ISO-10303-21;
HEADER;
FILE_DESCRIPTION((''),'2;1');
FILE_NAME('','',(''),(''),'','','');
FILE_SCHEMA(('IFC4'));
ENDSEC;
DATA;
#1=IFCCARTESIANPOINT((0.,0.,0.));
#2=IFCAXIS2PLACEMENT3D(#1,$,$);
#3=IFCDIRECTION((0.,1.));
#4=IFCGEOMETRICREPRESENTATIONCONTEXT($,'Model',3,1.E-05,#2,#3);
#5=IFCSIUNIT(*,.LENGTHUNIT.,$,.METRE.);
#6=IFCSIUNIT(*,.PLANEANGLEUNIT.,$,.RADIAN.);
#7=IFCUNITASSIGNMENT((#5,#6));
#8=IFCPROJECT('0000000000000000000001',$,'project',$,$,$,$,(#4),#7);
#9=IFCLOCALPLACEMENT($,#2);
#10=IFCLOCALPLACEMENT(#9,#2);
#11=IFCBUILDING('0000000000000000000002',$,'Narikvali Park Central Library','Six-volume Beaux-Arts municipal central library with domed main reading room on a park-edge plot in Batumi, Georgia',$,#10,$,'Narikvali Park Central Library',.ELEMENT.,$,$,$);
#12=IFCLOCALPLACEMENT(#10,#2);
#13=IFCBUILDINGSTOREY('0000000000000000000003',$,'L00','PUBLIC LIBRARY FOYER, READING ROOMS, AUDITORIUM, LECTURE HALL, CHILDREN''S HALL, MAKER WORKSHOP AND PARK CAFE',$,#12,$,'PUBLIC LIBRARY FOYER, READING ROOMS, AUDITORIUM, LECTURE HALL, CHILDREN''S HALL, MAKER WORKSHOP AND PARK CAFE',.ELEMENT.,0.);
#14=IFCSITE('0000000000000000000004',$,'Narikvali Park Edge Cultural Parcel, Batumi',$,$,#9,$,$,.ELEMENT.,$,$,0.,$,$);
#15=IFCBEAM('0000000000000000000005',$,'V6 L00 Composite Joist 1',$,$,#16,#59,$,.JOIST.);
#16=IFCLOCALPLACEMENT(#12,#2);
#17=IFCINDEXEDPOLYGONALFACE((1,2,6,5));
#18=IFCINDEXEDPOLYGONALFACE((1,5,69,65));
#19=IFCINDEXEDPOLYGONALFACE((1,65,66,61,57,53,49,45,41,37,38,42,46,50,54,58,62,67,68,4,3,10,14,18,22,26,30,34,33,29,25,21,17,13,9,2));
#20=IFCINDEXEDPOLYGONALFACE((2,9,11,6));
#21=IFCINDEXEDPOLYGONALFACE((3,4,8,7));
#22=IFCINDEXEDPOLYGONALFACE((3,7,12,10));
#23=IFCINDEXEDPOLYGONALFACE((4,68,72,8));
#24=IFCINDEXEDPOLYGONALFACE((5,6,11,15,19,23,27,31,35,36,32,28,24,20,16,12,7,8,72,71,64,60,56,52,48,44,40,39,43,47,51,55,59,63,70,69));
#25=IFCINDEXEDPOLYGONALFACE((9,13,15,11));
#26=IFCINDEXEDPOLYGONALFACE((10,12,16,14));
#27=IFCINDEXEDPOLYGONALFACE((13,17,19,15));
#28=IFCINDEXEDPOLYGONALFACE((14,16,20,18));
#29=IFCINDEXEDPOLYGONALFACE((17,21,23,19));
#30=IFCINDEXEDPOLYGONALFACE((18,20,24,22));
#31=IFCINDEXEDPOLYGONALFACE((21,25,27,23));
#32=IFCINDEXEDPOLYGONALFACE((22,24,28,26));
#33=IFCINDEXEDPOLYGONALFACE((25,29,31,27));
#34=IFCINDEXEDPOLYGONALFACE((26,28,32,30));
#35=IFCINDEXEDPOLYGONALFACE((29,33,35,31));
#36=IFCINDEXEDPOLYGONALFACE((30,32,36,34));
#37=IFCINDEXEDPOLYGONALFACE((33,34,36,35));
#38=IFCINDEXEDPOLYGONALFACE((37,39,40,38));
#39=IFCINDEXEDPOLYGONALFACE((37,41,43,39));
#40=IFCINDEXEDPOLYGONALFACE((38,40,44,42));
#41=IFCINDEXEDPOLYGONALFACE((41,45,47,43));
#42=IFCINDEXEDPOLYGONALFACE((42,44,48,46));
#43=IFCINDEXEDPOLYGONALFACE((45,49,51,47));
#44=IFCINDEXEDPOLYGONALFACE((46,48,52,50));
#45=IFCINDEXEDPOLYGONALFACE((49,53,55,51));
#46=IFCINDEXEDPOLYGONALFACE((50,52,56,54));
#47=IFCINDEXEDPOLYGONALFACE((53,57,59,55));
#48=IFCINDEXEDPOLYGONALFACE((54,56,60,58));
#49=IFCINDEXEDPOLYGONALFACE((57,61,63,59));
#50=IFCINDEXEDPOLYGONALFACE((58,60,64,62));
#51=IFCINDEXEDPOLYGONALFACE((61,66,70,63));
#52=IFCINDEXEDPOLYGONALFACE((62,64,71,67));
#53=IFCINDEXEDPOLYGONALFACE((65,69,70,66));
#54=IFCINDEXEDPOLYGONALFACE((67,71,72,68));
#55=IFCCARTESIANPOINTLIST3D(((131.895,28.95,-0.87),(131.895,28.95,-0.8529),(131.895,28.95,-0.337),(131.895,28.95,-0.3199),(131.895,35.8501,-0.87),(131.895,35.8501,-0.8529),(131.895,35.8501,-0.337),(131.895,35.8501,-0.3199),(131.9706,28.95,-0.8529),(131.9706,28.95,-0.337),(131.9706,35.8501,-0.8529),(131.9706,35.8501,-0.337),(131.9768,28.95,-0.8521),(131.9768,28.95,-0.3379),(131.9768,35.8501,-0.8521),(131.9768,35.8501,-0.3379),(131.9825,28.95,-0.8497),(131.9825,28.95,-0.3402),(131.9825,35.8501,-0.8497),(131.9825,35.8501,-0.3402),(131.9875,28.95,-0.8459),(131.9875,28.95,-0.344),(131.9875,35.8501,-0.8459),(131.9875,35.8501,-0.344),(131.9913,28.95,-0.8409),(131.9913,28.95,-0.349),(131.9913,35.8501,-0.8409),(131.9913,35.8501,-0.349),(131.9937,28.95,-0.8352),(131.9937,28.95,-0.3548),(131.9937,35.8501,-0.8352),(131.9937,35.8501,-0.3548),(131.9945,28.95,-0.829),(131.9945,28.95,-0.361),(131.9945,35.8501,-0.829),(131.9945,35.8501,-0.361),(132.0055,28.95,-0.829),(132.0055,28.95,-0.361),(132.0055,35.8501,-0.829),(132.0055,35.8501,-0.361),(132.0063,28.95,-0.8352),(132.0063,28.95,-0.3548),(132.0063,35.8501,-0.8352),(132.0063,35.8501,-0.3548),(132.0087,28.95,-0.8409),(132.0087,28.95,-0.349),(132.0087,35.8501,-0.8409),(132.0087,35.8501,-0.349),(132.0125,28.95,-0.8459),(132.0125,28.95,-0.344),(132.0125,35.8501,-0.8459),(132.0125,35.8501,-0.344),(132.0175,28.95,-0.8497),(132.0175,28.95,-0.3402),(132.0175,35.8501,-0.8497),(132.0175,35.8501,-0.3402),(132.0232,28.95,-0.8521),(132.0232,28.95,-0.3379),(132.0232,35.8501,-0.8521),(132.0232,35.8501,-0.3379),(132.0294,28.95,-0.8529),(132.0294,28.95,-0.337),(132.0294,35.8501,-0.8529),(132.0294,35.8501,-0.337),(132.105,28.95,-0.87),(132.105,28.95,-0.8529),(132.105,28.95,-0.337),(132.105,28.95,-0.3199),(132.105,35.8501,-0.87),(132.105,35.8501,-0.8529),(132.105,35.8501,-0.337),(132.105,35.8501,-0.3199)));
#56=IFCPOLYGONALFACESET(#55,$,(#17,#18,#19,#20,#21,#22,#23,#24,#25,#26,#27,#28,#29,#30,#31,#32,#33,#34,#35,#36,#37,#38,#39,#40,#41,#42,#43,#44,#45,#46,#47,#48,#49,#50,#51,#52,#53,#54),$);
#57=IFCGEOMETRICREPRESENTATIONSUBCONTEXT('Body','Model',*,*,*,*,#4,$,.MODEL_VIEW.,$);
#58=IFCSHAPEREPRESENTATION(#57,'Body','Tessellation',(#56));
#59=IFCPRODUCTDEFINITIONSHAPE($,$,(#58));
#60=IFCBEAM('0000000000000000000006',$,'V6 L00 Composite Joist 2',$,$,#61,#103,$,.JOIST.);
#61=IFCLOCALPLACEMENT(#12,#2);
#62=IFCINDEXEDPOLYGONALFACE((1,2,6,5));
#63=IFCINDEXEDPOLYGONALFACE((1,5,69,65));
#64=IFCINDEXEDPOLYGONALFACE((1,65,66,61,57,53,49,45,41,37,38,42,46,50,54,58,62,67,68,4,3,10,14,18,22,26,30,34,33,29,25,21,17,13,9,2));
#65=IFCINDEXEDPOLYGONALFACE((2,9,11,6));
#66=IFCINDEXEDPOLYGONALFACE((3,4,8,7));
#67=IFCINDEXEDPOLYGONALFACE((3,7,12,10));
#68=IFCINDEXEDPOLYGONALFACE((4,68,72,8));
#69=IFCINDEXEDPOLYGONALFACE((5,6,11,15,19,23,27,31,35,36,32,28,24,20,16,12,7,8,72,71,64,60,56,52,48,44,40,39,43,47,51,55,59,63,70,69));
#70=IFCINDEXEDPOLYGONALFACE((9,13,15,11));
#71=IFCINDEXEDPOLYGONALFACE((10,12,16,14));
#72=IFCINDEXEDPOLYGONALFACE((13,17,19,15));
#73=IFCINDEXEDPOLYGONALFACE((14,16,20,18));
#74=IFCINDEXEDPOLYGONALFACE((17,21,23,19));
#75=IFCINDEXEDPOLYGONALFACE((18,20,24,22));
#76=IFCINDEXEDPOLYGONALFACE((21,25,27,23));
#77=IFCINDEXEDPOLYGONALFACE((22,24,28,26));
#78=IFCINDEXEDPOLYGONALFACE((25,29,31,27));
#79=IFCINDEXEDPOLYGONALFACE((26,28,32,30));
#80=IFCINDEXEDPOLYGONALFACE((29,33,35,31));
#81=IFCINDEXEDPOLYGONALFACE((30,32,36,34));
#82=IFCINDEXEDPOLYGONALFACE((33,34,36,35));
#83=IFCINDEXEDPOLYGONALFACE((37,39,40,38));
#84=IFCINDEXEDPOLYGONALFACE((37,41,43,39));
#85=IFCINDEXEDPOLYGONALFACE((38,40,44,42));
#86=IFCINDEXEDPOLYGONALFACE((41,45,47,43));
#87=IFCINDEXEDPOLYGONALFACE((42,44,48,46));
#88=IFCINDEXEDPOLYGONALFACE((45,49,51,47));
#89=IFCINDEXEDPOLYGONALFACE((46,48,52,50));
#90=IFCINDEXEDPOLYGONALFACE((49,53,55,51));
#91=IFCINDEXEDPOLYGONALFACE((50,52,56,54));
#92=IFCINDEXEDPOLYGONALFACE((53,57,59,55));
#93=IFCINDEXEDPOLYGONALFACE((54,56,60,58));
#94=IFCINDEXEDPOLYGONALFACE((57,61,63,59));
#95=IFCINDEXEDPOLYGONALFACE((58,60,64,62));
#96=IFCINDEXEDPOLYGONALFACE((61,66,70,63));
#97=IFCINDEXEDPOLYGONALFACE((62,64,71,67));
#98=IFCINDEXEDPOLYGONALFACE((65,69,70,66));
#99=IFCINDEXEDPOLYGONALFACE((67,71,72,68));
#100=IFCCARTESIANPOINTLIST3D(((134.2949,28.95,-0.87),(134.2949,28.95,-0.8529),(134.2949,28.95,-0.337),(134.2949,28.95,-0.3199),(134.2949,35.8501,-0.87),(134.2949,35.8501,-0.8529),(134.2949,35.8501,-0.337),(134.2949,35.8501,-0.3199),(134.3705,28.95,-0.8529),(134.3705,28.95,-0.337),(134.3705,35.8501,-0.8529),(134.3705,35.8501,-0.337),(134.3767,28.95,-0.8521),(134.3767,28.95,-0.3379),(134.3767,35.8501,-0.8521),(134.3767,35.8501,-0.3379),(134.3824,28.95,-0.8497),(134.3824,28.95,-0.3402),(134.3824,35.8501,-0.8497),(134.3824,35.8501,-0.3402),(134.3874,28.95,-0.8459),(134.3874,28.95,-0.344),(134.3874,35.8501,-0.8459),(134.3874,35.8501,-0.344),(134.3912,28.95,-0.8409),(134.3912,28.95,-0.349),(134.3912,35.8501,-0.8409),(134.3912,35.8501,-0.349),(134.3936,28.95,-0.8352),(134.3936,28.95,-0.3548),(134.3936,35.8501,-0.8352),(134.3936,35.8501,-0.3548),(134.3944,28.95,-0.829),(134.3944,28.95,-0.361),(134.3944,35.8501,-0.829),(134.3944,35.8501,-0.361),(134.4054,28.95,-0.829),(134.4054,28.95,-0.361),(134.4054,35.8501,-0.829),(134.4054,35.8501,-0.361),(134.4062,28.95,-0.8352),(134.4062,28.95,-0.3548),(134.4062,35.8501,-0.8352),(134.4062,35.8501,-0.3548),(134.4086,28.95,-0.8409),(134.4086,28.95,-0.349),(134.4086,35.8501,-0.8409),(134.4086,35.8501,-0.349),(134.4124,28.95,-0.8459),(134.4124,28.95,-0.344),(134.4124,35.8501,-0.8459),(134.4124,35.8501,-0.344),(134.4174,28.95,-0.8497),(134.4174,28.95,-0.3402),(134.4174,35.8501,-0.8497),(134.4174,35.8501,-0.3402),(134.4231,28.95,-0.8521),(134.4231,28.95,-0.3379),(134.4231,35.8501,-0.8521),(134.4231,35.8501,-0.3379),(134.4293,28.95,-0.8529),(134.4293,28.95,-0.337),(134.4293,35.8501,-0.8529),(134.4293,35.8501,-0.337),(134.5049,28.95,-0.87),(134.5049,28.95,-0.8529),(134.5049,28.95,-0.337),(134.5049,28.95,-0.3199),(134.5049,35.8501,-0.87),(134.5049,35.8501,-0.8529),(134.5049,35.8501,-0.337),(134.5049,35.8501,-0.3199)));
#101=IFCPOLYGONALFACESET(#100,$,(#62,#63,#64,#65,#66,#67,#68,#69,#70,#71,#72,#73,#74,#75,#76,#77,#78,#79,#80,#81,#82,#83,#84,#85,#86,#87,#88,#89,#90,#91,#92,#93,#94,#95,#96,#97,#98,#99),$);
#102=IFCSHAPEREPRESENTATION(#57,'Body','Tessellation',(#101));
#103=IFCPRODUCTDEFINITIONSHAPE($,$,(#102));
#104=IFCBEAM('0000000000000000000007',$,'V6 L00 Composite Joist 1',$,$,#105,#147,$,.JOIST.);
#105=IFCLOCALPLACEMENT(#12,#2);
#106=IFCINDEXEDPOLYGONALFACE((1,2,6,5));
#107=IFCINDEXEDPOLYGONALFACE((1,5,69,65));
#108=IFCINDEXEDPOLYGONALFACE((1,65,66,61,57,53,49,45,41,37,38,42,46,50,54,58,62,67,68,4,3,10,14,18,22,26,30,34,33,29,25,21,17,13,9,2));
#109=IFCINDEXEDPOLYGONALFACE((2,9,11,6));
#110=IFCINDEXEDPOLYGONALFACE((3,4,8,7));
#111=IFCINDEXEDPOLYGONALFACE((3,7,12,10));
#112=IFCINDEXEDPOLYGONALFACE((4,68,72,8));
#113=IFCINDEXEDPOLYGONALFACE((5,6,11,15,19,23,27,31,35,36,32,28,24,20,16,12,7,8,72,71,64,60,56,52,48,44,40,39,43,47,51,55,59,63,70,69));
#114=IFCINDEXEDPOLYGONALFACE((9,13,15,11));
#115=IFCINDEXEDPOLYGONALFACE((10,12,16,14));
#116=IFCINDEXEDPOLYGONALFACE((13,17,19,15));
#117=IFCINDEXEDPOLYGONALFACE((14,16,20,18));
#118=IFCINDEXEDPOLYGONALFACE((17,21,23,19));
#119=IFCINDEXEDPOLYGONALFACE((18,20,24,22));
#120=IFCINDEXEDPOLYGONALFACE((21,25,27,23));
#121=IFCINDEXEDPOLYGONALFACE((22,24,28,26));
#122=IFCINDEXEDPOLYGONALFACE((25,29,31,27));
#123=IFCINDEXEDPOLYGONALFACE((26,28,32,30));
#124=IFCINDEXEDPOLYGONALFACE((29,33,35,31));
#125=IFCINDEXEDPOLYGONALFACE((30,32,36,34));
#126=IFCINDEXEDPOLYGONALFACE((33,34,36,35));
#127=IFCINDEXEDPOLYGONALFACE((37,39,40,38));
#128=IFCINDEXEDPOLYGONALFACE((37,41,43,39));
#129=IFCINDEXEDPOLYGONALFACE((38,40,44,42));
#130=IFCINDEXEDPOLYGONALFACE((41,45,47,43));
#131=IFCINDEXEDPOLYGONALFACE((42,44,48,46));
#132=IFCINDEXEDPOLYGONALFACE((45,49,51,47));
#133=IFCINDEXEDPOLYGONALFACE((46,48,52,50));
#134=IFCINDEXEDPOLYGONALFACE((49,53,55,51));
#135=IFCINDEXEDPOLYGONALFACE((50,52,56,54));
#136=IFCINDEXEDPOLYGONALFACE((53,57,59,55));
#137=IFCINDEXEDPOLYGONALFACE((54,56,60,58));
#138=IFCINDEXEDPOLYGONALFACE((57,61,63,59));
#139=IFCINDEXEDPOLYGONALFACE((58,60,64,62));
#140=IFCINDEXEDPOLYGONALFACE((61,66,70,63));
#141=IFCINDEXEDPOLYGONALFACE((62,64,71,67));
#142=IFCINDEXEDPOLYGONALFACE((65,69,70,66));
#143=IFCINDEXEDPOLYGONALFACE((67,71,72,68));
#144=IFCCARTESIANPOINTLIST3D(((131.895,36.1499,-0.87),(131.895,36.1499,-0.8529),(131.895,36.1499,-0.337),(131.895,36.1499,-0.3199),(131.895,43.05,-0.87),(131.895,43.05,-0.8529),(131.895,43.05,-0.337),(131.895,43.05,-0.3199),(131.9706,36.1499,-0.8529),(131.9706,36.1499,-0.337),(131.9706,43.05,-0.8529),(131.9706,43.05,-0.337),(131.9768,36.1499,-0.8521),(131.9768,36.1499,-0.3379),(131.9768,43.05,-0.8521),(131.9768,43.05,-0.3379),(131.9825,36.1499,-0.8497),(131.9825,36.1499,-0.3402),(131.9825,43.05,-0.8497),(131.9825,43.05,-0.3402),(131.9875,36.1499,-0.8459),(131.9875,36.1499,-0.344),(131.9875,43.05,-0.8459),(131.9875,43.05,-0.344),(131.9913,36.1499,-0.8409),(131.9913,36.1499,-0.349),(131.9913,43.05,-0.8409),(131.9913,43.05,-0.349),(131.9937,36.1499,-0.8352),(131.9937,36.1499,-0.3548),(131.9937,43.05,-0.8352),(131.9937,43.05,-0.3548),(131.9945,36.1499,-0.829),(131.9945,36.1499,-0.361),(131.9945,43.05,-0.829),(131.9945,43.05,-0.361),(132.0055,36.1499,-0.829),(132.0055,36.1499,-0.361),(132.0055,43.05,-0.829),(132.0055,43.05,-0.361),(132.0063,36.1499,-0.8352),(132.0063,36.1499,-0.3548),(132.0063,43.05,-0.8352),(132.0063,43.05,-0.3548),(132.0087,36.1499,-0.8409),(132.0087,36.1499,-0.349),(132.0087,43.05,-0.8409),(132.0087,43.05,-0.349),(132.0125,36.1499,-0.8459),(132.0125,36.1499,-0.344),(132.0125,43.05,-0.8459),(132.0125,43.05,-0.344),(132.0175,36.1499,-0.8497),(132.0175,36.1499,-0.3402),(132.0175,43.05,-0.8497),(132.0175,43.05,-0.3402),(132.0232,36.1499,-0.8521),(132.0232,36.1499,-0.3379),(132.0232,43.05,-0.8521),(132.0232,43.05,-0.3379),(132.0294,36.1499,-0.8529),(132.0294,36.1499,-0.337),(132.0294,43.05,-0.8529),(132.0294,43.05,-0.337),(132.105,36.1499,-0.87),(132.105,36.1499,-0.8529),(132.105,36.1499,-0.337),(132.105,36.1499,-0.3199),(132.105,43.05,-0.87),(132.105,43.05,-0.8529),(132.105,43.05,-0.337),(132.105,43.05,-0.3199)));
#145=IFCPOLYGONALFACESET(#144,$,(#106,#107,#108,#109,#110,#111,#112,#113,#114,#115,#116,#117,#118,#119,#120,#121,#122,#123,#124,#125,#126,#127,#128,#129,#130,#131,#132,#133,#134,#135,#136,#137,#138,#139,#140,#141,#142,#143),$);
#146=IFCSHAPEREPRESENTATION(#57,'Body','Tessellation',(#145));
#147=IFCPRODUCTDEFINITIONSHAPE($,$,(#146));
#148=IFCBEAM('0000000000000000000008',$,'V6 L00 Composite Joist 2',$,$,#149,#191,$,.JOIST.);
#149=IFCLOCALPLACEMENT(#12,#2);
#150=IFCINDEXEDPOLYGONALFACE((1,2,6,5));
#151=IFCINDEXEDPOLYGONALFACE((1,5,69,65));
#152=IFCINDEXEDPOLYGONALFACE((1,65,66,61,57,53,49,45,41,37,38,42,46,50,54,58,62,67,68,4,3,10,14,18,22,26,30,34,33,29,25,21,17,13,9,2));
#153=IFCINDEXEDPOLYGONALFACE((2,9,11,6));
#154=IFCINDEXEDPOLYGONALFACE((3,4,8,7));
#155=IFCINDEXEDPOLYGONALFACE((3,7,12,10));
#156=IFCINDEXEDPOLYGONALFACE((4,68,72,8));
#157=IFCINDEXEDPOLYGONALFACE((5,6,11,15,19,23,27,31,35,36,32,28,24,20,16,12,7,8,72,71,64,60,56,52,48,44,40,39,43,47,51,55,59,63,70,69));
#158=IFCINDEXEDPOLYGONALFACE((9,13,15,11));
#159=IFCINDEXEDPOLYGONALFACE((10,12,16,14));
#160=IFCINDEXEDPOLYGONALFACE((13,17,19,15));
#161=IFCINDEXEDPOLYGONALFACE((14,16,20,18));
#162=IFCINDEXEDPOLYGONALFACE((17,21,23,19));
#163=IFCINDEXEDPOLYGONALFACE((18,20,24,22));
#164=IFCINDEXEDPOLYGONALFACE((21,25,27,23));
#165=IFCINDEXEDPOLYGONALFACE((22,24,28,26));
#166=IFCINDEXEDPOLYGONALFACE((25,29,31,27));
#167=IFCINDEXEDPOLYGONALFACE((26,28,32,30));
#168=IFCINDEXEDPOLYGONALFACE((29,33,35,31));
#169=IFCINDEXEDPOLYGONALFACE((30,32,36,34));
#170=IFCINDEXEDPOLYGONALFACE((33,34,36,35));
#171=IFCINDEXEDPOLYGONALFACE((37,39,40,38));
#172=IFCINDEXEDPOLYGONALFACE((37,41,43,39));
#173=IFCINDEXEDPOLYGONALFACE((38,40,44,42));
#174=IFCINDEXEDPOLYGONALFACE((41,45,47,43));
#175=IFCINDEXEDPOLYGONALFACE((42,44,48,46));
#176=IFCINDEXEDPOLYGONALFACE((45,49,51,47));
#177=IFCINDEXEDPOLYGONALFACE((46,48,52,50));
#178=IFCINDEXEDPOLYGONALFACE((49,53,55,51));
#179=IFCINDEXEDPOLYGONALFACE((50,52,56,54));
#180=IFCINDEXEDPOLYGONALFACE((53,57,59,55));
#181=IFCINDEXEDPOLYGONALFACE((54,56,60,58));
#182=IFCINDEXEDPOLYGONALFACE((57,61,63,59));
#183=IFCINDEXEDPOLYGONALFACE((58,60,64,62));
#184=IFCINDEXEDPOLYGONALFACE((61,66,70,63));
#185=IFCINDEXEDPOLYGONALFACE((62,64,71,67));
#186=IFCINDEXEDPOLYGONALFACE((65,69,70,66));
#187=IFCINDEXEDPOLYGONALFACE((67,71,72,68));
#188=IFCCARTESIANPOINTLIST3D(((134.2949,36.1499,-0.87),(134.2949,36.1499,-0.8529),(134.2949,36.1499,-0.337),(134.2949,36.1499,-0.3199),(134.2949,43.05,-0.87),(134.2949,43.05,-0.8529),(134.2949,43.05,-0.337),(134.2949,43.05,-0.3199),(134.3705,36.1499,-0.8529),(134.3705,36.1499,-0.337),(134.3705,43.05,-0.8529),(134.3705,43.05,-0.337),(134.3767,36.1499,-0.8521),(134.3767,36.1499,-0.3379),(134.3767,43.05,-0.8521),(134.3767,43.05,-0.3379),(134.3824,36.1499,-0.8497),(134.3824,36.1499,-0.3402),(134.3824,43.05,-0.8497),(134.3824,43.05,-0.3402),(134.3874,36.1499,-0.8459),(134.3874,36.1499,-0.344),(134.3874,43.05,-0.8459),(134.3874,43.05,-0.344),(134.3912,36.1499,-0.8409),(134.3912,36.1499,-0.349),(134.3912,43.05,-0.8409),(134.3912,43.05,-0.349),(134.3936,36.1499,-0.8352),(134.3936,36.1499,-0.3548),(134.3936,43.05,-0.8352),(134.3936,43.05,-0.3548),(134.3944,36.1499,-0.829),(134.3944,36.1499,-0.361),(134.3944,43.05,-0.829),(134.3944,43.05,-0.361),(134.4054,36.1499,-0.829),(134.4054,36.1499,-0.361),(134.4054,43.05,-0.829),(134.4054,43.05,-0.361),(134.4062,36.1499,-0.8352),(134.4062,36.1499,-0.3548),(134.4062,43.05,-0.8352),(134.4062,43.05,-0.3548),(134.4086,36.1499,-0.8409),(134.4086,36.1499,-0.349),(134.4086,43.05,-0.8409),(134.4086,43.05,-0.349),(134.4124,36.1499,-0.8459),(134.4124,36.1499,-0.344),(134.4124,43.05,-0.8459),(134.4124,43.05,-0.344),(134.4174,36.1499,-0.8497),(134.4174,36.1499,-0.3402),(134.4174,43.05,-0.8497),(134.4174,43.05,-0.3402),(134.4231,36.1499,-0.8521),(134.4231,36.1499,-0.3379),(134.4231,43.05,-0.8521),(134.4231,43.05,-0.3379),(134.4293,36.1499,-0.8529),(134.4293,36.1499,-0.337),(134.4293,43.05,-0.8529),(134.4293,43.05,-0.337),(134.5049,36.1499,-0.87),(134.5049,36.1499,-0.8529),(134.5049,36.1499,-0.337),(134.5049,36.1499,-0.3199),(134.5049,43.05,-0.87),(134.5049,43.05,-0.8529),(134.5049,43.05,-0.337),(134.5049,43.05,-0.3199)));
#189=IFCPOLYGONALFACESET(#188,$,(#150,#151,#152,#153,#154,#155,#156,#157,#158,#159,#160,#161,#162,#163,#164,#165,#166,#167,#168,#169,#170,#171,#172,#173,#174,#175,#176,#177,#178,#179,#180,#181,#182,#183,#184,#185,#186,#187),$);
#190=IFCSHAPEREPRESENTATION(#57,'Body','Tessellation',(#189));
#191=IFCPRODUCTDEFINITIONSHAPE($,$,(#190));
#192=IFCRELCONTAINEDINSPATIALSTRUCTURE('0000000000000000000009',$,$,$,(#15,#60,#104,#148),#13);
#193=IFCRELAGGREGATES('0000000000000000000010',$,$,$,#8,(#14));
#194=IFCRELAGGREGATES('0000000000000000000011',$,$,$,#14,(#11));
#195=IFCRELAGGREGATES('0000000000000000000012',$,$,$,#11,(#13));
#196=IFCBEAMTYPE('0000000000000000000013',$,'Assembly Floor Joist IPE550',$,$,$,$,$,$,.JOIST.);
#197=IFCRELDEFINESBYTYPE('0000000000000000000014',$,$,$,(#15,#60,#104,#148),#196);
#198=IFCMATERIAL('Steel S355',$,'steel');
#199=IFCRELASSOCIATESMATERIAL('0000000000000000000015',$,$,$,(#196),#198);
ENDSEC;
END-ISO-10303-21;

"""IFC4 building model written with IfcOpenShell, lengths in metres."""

from ifc_helpers import new_model, si_unit, direction, frame, origin, origin_2d, place, context, subcontext, project, spatial, i_section, extrude, material, material_profile, profile_set, type_object, element, save


model = new_model("IFC4")

# Units and contexts
model_context = context("Model", 3, precision=1e-05, world=origin(), true_north=direction((0.0, 1.0)))
body_context = subcontext(model_context, "Body", "Model", "MODEL_VIEW")
ifc_project = project(units=[si_unit("LENGTHUNIT", "METRE"), si_unit("PLANEANGLEUNIT", "RADIAN")], contexts=[model_context])

# Site, building, storey
site_placement = place(None, origin())
site = spatial("IfcSite", under=ifc_project, at=site_placement, Name="Narikvali Park Edge Cultural Parcel, Batumi", CompositionType="ELEMENT", RefElevation=0.0)
building_placement = place(site_placement, origin())
building = spatial("IfcBuilding", under=site, at=building_placement, Name="Narikvali Park Central Library", Description="Six-volume Beaux-Arts municipal central library with domed main reading room on a park-edge plot in Batumi, Georgia", LongName="Narikvali Park Central Library", CompositionType="ELEMENT")
storey_placement = place(building_placement, origin())
storey = spatial("IfcBuildingStorey", under=building, at=storey_placement, Name="L00", Description="PUBLIC LIBRARY FOYER, READING ROOMS, AUDITORIUM, LECTURE HALL, CHILDREN'S HALL, MAKER WORKSHOP AND PARK CAFE", LongName="PUBLIC LIBRARY FOYER, READING ROOMS, AUDITORIUM, LECTURE HALL, CHILDREN'S HALL, MAKER WORKSHOP AND PARK CAFE", CompositionType="ELEMENT", Elevation=0.0)

# Shared definitions
ifc_material_1 = material(Name="Steel S355", Category="steel")

# Beams
ifc_material_profile_1 = material_profile(ifc_material_1, i_section(OverallWidth=0.21, OverallDepth=0.55, WebThickness=0.011, FlangeThickness=0.0171, FilletRadius=0.0239, at=origin_2d()), Name="IPE 550")
ifc_profile_set_1 = profile_set([ifc_material_profile_1], Name="Steel S355")
beam_type_1 = type_object("IfcBeamType", Name="Assembly Floor Joist IPE550", PredefinedType="JOIST", material=ifc_profile_set_1)
for number, where, z_axis, x_axis, name in (
    (1, (132.0, 28.95, -0.595), (0.0, 1.0, 0.0), (-1.0, 0.0, 0.0), "V6 L00 Composite Joist 1"),
    (2, (134.3999, 28.95, -0.595), (0.0, 1.0, 0.0), (-1.0, 0.0, 0.0), "V6 L00 Composite Joist 2"),
    (3, (132.0, 36.1499, -0.595), (0.0, 1.0, 0.0), (-1.0, 0.0, 0.0), "V6 L00 Composite Joist 1"),
    (4, (134.3999, 36.1499, -0.595), (0.0, 1.0, 0.0), (-1.0, 0.0, 0.0), "V6 L00 Composite Joist 2"),
):
    element("IfcBeam", number, at=place(storey_placement, frame(where, z_axis=z_axis, x_axis=x_axis)), inside=storey, type_object=beam_type_1, Name=name, PredefinedType="JOIST", context=body_context, shape_type="SweptSolid", body=[
        extrude(i_section(OverallWidth=0.21, OverallDepth=0.55, WebThickness=0.011, FlangeThickness=0.0171, FilletRadius=0.0239, at=origin_2d()), origin(), (0.0, 0.0, 1.0), 6.9001),
    ])

save(model, "model.ifc")
